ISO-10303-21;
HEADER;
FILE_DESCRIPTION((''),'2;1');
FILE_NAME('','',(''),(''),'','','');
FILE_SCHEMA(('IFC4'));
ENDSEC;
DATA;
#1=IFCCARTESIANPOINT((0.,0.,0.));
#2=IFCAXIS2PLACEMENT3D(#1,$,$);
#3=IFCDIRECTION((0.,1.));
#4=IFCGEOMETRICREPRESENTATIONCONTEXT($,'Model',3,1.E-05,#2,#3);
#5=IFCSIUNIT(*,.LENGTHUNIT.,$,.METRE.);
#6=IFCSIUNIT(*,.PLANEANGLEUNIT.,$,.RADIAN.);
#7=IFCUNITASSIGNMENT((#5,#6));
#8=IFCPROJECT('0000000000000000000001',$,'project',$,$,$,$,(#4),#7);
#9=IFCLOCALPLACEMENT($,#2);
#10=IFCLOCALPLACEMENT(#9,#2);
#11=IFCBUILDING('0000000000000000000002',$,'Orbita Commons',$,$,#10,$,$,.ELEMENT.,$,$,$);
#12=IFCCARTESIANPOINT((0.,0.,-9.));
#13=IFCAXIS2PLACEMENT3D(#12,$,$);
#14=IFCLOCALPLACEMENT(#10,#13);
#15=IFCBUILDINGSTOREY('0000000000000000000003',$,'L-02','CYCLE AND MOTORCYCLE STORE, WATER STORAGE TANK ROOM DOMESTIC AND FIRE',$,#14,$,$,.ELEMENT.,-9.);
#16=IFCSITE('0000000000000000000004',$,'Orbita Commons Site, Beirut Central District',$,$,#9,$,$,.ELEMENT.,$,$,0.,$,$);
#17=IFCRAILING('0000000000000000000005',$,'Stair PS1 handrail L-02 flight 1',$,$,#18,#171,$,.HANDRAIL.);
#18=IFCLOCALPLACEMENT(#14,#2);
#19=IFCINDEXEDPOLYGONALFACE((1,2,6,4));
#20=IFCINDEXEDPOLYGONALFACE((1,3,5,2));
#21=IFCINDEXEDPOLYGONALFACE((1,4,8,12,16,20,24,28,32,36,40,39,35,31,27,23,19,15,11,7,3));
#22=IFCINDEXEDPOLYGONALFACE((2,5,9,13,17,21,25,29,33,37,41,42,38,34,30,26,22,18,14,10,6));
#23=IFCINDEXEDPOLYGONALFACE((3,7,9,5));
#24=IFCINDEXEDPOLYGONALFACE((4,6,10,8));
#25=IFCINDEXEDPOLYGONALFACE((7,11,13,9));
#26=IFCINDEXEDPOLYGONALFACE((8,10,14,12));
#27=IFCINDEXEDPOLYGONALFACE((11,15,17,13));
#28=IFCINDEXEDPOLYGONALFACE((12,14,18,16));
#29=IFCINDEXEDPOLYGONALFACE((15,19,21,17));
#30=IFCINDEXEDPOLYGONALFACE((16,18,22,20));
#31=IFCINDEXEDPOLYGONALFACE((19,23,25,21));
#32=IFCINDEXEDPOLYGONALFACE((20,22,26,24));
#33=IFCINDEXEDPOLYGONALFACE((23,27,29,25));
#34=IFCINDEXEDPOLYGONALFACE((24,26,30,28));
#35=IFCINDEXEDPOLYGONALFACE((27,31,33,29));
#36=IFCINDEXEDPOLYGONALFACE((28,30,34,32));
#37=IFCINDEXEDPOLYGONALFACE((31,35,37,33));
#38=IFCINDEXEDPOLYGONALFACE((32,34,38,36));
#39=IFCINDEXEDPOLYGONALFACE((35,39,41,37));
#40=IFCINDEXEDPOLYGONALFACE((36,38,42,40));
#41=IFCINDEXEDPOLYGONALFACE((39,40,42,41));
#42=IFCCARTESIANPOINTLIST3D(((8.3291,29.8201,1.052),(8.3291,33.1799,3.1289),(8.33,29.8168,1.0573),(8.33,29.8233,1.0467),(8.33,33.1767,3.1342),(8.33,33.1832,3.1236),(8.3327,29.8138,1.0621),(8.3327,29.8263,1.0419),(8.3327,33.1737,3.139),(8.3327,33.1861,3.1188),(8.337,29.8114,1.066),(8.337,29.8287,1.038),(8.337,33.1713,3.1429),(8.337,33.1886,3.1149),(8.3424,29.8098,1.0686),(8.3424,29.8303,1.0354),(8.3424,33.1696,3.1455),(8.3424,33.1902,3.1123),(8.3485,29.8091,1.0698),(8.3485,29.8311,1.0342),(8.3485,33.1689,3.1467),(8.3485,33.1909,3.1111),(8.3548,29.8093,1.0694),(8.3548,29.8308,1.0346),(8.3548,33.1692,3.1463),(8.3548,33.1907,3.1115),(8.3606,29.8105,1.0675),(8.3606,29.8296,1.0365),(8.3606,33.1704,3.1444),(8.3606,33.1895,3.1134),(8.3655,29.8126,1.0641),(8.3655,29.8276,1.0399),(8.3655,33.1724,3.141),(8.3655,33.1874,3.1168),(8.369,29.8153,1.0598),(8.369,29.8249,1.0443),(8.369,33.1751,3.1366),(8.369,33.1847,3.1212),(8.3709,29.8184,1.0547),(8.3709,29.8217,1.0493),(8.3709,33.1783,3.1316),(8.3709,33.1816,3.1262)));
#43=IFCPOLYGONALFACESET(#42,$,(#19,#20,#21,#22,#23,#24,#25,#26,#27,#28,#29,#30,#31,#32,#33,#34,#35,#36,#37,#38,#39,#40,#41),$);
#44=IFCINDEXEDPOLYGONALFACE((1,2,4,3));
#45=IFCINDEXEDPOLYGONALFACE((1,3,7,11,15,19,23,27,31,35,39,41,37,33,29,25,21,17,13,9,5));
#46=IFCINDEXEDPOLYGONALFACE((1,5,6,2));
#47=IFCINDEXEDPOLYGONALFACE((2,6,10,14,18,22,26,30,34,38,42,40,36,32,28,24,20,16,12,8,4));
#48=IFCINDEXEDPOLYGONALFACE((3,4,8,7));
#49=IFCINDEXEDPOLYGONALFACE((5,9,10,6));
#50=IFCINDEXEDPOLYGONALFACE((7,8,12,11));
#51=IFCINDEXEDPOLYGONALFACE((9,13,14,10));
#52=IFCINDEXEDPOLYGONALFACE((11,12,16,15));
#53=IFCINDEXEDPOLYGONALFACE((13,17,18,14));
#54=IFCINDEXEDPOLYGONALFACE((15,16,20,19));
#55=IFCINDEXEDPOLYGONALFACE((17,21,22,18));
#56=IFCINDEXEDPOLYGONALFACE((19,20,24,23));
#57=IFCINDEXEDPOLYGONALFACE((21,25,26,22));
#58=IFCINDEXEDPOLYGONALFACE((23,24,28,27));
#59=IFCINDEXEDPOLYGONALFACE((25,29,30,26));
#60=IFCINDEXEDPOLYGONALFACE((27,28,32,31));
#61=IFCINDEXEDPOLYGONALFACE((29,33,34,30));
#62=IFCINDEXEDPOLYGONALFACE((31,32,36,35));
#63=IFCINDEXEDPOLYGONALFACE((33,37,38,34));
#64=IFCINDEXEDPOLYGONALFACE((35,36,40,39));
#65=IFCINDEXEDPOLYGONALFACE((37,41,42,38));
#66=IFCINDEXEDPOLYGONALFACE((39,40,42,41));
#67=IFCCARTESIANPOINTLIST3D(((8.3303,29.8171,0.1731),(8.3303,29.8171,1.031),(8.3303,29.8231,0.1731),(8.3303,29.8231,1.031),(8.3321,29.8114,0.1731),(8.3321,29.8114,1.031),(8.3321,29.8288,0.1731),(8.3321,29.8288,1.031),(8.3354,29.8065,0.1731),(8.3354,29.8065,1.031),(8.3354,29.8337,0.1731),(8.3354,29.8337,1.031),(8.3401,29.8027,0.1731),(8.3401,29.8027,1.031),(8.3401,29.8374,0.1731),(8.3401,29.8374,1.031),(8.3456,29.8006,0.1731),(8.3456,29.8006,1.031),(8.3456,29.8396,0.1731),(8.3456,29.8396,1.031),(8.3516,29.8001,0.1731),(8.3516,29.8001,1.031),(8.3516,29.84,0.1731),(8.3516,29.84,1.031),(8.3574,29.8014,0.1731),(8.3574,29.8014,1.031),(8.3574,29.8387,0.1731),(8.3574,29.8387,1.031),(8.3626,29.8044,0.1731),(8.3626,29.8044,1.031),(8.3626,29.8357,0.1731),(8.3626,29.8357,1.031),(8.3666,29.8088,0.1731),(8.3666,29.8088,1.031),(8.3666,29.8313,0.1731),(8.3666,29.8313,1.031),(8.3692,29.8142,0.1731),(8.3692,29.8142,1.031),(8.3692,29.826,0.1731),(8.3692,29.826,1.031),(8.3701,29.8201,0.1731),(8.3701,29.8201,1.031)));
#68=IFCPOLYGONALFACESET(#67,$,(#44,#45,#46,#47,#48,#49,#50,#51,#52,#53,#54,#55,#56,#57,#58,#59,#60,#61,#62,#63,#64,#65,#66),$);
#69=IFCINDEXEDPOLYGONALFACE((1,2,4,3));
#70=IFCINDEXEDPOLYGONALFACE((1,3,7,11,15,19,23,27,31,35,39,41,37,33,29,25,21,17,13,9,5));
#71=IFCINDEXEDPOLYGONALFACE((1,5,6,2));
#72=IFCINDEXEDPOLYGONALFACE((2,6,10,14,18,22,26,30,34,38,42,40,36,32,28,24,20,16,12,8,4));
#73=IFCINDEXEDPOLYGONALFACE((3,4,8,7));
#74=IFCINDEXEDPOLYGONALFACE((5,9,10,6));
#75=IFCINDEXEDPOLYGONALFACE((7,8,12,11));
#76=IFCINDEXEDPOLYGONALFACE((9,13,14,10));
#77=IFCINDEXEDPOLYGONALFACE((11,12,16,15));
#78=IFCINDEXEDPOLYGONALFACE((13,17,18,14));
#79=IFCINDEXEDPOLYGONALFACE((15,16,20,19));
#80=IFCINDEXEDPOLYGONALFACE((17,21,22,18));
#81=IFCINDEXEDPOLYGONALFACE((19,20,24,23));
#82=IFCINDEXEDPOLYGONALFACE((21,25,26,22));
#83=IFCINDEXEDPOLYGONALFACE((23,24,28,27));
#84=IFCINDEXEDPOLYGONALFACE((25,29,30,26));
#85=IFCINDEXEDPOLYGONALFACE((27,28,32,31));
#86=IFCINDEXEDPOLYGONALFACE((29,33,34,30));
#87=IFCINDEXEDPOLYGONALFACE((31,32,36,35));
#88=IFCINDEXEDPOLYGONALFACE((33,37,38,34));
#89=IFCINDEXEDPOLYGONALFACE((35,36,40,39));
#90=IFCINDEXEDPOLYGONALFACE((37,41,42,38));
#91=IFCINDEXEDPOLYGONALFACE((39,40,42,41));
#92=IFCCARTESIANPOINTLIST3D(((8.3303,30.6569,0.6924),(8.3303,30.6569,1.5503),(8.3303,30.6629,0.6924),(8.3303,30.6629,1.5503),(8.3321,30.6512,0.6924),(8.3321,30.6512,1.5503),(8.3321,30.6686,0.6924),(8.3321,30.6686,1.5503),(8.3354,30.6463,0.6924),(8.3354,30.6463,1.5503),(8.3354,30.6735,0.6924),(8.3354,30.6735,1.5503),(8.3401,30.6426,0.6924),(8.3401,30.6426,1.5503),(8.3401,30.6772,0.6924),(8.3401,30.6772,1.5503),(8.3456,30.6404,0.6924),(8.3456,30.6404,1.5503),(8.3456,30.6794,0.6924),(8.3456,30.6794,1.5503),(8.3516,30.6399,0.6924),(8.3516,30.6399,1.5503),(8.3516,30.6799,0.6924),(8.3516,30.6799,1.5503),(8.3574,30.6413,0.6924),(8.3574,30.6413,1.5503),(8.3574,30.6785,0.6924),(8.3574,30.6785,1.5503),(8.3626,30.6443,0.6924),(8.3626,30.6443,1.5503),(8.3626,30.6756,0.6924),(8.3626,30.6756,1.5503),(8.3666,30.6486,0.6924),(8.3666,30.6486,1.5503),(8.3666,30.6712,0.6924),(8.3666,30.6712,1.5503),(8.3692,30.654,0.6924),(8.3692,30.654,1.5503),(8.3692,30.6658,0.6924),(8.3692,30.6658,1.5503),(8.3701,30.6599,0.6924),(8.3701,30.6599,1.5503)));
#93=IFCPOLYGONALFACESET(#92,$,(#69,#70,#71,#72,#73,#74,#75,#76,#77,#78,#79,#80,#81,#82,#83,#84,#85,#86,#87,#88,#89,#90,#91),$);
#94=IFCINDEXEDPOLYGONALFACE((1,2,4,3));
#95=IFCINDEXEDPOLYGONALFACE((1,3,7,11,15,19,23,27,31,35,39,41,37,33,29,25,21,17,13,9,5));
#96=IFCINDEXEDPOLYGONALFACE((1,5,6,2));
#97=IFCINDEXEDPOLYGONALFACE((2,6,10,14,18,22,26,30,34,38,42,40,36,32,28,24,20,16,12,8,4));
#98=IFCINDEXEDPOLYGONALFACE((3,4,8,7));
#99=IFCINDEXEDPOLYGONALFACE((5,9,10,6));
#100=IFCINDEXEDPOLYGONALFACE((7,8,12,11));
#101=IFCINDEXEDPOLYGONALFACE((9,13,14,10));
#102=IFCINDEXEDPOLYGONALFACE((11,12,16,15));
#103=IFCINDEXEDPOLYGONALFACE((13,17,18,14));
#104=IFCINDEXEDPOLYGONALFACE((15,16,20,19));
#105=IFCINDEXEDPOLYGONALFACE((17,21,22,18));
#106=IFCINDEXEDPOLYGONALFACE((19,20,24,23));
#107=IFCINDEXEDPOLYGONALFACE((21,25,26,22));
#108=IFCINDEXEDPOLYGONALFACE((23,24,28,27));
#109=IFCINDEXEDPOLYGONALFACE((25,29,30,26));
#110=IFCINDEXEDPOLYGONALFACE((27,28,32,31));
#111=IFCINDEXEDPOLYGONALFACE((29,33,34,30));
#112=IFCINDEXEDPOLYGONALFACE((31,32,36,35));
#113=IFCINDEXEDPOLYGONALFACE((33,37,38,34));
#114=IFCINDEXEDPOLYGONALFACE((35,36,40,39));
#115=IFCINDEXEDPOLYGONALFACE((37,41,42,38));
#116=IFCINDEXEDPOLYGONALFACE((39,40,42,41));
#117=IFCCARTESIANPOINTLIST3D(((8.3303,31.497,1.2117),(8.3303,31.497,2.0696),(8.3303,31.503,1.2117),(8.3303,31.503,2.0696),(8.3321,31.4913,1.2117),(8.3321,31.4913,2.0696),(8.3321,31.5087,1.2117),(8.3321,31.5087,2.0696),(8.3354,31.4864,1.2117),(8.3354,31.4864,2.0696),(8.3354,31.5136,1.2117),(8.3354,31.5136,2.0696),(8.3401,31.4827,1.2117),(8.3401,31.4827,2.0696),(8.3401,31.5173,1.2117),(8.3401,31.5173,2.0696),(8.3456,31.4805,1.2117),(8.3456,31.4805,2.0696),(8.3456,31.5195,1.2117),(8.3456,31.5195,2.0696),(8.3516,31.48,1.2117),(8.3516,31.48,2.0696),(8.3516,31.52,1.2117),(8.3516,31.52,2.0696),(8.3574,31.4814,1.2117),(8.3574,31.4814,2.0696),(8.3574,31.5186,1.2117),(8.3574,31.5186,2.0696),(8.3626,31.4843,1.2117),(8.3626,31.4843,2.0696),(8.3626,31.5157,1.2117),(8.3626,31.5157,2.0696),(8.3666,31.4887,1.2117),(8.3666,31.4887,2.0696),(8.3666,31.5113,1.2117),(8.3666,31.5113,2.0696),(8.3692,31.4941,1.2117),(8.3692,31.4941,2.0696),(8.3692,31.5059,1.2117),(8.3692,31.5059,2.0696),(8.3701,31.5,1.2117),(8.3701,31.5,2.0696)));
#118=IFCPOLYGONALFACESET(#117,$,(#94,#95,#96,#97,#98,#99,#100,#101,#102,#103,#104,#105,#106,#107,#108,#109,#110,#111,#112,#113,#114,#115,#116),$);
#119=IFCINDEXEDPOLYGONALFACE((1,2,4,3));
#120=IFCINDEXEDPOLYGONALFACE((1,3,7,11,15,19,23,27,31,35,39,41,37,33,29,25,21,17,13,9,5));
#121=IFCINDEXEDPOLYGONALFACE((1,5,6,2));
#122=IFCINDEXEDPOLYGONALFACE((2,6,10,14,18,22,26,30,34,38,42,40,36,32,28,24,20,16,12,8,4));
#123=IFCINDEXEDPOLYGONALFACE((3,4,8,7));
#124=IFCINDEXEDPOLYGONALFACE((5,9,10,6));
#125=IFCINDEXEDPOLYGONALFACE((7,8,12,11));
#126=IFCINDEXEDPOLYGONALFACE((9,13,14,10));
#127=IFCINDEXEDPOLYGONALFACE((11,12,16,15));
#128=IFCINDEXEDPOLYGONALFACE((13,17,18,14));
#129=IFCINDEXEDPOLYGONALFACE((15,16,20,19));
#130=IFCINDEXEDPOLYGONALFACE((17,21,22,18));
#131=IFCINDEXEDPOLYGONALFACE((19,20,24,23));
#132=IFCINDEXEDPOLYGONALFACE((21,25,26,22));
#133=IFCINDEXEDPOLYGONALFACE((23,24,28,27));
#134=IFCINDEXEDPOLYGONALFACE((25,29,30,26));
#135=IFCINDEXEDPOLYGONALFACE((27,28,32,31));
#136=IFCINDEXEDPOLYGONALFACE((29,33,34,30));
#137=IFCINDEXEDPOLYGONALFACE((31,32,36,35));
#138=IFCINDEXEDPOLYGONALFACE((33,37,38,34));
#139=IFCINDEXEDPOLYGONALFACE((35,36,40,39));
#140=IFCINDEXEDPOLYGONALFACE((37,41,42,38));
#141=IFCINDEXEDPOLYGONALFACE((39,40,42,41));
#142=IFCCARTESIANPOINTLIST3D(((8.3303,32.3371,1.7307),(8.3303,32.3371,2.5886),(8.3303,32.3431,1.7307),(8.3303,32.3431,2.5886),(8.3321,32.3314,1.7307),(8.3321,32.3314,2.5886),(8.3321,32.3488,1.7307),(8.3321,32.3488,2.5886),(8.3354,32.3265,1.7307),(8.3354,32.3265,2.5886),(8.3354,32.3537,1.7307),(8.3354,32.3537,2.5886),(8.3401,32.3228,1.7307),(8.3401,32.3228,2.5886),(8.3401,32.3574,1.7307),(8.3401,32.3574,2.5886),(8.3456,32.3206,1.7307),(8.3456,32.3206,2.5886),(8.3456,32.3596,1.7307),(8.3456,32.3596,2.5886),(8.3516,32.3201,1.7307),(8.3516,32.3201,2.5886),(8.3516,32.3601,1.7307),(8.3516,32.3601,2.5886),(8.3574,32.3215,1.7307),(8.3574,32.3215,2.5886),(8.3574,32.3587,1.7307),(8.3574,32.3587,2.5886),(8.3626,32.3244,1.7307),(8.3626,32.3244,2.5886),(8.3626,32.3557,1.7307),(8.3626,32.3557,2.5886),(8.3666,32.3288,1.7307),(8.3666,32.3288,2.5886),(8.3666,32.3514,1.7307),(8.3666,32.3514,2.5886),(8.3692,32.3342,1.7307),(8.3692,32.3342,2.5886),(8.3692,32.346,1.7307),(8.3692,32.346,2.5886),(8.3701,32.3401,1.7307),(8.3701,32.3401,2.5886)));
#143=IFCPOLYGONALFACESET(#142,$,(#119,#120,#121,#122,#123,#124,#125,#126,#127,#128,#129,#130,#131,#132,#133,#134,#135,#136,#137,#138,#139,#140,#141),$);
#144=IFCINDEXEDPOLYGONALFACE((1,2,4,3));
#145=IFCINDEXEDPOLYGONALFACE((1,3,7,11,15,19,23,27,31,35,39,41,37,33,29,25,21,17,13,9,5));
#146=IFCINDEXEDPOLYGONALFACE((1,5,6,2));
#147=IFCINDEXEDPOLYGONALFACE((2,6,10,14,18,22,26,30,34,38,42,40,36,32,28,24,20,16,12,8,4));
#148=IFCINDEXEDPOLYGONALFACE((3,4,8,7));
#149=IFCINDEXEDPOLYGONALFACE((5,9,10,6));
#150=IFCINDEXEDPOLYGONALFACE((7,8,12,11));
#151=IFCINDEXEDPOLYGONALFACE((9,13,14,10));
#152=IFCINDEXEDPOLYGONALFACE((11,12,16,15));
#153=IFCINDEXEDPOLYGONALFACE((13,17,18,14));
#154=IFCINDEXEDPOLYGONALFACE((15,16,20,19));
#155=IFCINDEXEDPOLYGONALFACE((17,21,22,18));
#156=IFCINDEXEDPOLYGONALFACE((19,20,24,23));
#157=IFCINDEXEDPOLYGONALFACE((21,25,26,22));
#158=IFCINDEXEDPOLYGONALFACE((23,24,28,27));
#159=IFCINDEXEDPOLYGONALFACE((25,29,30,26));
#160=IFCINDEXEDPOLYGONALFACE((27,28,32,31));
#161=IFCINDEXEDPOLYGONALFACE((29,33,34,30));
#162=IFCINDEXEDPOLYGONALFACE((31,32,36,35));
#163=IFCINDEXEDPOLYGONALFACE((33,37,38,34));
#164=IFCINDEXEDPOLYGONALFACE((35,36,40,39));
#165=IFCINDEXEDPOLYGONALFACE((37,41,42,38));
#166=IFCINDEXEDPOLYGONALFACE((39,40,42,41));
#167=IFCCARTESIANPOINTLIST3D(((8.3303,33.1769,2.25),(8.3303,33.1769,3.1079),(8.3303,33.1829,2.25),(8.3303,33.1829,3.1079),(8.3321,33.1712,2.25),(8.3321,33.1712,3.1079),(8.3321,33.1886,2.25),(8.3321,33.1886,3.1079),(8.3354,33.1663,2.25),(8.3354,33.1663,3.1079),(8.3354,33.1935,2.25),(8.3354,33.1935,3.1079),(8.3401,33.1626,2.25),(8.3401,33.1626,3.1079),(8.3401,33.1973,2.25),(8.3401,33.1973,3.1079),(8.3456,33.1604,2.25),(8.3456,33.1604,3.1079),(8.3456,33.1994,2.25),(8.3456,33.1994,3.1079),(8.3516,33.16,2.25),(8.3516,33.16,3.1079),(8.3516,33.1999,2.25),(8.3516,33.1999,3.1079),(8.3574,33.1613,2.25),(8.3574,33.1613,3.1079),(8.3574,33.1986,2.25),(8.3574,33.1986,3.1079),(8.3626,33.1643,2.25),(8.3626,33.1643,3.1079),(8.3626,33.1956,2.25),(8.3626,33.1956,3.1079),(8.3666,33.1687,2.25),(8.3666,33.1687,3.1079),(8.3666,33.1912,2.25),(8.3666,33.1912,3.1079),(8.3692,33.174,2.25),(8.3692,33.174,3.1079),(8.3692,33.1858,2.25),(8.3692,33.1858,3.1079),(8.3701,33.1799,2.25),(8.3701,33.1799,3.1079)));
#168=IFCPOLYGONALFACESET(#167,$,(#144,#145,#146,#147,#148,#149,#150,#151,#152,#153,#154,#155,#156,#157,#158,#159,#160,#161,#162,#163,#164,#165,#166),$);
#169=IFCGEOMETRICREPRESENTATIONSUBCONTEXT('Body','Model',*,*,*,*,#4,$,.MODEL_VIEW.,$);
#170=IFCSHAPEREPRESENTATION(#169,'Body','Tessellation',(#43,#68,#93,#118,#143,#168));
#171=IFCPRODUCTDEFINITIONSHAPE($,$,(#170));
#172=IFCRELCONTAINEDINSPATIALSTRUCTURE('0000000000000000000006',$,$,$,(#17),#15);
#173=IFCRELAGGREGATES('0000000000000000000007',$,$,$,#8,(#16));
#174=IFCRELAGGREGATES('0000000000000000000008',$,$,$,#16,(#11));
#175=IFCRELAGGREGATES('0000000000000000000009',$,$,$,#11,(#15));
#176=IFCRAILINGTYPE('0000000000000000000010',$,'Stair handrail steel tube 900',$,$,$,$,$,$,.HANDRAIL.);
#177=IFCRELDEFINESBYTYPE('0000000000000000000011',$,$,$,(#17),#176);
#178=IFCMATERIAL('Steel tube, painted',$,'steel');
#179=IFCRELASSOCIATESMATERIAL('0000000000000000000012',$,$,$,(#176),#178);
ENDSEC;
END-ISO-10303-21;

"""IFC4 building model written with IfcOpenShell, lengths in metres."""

from ifc_helpers import new_model, si_unit, direction, frame, origin, origin_2d, place, context, subcontext, project, spatial, circle, extrude, material, type_object, element, save


model = new_model("IFC4")

# Units and contexts
model_context = context("Model", 3, precision=1e-05, world=origin(), true_north=direction((0.0, 1.0)))
body_context = subcontext(model_context, "Body", "Model", "MODEL_VIEW")
ifc_project = project(units=[si_unit("LENGTHUNIT", "METRE"), si_unit("PLANEANGLEUNIT", "RADIAN")], contexts=[model_context])

# Site, building, storey
site_placement = place(None, origin())
site = spatial("IfcSite", under=ifc_project, at=site_placement, Name="Orbita Commons Site, Beirut Central District", CompositionType="ELEMENT", RefElevation=0.0)
building_placement = place(site_placement, origin())
building = spatial("IfcBuilding", under=site, at=building_placement, Name="Orbita Commons", CompositionType="ELEMENT")
storey_placement = place(building_placement, frame((0.0, 0.0, -9.0)))
storey = spatial("IfcBuildingStorey", under=building, at=storey_placement, Name="L-02", Description="CYCLE AND MOTORCYCLE STORE, WATER STORAGE TANK ROOM DOMESTIC AND FIRE", CompositionType="ELEMENT", Elevation=-9.0)

# Railing
ifc_material_1 = material(Name="Steel tube, painted", Category="steel")
railing_type_1 = type_object("IfcRailingType", Name="Stair handrail steel tube 900", PredefinedType="HANDRAIL", material=ifc_material_1)
for number, where, name in (
    (1, (8.3501, 29.8201, 0.1731), "Stair PS1 handrail L-02 flight 1"),
):
    element("IfcRailing", number, at=place(storey_placement, frame(where)), inside=storey, type_object=railing_type_1, Name=name, PredefinedType="HANDRAIL", context=body_context, shape_type="SweptSolid", body=[
        extrude(circle(Radius=0.021, at=origin_2d()), frame((0.0, 0.0, 0.8789), z_axis=(0.0, 0.850606, 0.525803), x_axis=(-1.0, 0.0, 0.0)), (0.0, 0.0, 1.0), 3.95),
        extrude(circle(Radius=0.02, at=origin_2d()), origin(), (0.0, 0.0, 1.0), 0.8579),
        extrude(circle(Radius=0.02, at=origin_2d()), frame((0.0, 0.8398, 0.5193)), (0.0, 0.0, 1.0), 0.8579),
        extrude(circle(Radius=0.02, at=origin_2d()), frame((0.0, 1.6799, 1.0386)), (0.0, 0.0, 1.0), 0.8579),
        extrude(circle(Radius=0.02, at=origin_2d()), frame((0.0, 2.52, 1.5576)), (0.0, 0.0, 1.0), 0.8579),
        extrude(circle(Radius=0.02, at=origin_2d()), frame((0.0, 3.3599, 2.0769)), (0.0, 0.0, 1.0), 0.8579),
    ])

save(model, "model.ifc")
